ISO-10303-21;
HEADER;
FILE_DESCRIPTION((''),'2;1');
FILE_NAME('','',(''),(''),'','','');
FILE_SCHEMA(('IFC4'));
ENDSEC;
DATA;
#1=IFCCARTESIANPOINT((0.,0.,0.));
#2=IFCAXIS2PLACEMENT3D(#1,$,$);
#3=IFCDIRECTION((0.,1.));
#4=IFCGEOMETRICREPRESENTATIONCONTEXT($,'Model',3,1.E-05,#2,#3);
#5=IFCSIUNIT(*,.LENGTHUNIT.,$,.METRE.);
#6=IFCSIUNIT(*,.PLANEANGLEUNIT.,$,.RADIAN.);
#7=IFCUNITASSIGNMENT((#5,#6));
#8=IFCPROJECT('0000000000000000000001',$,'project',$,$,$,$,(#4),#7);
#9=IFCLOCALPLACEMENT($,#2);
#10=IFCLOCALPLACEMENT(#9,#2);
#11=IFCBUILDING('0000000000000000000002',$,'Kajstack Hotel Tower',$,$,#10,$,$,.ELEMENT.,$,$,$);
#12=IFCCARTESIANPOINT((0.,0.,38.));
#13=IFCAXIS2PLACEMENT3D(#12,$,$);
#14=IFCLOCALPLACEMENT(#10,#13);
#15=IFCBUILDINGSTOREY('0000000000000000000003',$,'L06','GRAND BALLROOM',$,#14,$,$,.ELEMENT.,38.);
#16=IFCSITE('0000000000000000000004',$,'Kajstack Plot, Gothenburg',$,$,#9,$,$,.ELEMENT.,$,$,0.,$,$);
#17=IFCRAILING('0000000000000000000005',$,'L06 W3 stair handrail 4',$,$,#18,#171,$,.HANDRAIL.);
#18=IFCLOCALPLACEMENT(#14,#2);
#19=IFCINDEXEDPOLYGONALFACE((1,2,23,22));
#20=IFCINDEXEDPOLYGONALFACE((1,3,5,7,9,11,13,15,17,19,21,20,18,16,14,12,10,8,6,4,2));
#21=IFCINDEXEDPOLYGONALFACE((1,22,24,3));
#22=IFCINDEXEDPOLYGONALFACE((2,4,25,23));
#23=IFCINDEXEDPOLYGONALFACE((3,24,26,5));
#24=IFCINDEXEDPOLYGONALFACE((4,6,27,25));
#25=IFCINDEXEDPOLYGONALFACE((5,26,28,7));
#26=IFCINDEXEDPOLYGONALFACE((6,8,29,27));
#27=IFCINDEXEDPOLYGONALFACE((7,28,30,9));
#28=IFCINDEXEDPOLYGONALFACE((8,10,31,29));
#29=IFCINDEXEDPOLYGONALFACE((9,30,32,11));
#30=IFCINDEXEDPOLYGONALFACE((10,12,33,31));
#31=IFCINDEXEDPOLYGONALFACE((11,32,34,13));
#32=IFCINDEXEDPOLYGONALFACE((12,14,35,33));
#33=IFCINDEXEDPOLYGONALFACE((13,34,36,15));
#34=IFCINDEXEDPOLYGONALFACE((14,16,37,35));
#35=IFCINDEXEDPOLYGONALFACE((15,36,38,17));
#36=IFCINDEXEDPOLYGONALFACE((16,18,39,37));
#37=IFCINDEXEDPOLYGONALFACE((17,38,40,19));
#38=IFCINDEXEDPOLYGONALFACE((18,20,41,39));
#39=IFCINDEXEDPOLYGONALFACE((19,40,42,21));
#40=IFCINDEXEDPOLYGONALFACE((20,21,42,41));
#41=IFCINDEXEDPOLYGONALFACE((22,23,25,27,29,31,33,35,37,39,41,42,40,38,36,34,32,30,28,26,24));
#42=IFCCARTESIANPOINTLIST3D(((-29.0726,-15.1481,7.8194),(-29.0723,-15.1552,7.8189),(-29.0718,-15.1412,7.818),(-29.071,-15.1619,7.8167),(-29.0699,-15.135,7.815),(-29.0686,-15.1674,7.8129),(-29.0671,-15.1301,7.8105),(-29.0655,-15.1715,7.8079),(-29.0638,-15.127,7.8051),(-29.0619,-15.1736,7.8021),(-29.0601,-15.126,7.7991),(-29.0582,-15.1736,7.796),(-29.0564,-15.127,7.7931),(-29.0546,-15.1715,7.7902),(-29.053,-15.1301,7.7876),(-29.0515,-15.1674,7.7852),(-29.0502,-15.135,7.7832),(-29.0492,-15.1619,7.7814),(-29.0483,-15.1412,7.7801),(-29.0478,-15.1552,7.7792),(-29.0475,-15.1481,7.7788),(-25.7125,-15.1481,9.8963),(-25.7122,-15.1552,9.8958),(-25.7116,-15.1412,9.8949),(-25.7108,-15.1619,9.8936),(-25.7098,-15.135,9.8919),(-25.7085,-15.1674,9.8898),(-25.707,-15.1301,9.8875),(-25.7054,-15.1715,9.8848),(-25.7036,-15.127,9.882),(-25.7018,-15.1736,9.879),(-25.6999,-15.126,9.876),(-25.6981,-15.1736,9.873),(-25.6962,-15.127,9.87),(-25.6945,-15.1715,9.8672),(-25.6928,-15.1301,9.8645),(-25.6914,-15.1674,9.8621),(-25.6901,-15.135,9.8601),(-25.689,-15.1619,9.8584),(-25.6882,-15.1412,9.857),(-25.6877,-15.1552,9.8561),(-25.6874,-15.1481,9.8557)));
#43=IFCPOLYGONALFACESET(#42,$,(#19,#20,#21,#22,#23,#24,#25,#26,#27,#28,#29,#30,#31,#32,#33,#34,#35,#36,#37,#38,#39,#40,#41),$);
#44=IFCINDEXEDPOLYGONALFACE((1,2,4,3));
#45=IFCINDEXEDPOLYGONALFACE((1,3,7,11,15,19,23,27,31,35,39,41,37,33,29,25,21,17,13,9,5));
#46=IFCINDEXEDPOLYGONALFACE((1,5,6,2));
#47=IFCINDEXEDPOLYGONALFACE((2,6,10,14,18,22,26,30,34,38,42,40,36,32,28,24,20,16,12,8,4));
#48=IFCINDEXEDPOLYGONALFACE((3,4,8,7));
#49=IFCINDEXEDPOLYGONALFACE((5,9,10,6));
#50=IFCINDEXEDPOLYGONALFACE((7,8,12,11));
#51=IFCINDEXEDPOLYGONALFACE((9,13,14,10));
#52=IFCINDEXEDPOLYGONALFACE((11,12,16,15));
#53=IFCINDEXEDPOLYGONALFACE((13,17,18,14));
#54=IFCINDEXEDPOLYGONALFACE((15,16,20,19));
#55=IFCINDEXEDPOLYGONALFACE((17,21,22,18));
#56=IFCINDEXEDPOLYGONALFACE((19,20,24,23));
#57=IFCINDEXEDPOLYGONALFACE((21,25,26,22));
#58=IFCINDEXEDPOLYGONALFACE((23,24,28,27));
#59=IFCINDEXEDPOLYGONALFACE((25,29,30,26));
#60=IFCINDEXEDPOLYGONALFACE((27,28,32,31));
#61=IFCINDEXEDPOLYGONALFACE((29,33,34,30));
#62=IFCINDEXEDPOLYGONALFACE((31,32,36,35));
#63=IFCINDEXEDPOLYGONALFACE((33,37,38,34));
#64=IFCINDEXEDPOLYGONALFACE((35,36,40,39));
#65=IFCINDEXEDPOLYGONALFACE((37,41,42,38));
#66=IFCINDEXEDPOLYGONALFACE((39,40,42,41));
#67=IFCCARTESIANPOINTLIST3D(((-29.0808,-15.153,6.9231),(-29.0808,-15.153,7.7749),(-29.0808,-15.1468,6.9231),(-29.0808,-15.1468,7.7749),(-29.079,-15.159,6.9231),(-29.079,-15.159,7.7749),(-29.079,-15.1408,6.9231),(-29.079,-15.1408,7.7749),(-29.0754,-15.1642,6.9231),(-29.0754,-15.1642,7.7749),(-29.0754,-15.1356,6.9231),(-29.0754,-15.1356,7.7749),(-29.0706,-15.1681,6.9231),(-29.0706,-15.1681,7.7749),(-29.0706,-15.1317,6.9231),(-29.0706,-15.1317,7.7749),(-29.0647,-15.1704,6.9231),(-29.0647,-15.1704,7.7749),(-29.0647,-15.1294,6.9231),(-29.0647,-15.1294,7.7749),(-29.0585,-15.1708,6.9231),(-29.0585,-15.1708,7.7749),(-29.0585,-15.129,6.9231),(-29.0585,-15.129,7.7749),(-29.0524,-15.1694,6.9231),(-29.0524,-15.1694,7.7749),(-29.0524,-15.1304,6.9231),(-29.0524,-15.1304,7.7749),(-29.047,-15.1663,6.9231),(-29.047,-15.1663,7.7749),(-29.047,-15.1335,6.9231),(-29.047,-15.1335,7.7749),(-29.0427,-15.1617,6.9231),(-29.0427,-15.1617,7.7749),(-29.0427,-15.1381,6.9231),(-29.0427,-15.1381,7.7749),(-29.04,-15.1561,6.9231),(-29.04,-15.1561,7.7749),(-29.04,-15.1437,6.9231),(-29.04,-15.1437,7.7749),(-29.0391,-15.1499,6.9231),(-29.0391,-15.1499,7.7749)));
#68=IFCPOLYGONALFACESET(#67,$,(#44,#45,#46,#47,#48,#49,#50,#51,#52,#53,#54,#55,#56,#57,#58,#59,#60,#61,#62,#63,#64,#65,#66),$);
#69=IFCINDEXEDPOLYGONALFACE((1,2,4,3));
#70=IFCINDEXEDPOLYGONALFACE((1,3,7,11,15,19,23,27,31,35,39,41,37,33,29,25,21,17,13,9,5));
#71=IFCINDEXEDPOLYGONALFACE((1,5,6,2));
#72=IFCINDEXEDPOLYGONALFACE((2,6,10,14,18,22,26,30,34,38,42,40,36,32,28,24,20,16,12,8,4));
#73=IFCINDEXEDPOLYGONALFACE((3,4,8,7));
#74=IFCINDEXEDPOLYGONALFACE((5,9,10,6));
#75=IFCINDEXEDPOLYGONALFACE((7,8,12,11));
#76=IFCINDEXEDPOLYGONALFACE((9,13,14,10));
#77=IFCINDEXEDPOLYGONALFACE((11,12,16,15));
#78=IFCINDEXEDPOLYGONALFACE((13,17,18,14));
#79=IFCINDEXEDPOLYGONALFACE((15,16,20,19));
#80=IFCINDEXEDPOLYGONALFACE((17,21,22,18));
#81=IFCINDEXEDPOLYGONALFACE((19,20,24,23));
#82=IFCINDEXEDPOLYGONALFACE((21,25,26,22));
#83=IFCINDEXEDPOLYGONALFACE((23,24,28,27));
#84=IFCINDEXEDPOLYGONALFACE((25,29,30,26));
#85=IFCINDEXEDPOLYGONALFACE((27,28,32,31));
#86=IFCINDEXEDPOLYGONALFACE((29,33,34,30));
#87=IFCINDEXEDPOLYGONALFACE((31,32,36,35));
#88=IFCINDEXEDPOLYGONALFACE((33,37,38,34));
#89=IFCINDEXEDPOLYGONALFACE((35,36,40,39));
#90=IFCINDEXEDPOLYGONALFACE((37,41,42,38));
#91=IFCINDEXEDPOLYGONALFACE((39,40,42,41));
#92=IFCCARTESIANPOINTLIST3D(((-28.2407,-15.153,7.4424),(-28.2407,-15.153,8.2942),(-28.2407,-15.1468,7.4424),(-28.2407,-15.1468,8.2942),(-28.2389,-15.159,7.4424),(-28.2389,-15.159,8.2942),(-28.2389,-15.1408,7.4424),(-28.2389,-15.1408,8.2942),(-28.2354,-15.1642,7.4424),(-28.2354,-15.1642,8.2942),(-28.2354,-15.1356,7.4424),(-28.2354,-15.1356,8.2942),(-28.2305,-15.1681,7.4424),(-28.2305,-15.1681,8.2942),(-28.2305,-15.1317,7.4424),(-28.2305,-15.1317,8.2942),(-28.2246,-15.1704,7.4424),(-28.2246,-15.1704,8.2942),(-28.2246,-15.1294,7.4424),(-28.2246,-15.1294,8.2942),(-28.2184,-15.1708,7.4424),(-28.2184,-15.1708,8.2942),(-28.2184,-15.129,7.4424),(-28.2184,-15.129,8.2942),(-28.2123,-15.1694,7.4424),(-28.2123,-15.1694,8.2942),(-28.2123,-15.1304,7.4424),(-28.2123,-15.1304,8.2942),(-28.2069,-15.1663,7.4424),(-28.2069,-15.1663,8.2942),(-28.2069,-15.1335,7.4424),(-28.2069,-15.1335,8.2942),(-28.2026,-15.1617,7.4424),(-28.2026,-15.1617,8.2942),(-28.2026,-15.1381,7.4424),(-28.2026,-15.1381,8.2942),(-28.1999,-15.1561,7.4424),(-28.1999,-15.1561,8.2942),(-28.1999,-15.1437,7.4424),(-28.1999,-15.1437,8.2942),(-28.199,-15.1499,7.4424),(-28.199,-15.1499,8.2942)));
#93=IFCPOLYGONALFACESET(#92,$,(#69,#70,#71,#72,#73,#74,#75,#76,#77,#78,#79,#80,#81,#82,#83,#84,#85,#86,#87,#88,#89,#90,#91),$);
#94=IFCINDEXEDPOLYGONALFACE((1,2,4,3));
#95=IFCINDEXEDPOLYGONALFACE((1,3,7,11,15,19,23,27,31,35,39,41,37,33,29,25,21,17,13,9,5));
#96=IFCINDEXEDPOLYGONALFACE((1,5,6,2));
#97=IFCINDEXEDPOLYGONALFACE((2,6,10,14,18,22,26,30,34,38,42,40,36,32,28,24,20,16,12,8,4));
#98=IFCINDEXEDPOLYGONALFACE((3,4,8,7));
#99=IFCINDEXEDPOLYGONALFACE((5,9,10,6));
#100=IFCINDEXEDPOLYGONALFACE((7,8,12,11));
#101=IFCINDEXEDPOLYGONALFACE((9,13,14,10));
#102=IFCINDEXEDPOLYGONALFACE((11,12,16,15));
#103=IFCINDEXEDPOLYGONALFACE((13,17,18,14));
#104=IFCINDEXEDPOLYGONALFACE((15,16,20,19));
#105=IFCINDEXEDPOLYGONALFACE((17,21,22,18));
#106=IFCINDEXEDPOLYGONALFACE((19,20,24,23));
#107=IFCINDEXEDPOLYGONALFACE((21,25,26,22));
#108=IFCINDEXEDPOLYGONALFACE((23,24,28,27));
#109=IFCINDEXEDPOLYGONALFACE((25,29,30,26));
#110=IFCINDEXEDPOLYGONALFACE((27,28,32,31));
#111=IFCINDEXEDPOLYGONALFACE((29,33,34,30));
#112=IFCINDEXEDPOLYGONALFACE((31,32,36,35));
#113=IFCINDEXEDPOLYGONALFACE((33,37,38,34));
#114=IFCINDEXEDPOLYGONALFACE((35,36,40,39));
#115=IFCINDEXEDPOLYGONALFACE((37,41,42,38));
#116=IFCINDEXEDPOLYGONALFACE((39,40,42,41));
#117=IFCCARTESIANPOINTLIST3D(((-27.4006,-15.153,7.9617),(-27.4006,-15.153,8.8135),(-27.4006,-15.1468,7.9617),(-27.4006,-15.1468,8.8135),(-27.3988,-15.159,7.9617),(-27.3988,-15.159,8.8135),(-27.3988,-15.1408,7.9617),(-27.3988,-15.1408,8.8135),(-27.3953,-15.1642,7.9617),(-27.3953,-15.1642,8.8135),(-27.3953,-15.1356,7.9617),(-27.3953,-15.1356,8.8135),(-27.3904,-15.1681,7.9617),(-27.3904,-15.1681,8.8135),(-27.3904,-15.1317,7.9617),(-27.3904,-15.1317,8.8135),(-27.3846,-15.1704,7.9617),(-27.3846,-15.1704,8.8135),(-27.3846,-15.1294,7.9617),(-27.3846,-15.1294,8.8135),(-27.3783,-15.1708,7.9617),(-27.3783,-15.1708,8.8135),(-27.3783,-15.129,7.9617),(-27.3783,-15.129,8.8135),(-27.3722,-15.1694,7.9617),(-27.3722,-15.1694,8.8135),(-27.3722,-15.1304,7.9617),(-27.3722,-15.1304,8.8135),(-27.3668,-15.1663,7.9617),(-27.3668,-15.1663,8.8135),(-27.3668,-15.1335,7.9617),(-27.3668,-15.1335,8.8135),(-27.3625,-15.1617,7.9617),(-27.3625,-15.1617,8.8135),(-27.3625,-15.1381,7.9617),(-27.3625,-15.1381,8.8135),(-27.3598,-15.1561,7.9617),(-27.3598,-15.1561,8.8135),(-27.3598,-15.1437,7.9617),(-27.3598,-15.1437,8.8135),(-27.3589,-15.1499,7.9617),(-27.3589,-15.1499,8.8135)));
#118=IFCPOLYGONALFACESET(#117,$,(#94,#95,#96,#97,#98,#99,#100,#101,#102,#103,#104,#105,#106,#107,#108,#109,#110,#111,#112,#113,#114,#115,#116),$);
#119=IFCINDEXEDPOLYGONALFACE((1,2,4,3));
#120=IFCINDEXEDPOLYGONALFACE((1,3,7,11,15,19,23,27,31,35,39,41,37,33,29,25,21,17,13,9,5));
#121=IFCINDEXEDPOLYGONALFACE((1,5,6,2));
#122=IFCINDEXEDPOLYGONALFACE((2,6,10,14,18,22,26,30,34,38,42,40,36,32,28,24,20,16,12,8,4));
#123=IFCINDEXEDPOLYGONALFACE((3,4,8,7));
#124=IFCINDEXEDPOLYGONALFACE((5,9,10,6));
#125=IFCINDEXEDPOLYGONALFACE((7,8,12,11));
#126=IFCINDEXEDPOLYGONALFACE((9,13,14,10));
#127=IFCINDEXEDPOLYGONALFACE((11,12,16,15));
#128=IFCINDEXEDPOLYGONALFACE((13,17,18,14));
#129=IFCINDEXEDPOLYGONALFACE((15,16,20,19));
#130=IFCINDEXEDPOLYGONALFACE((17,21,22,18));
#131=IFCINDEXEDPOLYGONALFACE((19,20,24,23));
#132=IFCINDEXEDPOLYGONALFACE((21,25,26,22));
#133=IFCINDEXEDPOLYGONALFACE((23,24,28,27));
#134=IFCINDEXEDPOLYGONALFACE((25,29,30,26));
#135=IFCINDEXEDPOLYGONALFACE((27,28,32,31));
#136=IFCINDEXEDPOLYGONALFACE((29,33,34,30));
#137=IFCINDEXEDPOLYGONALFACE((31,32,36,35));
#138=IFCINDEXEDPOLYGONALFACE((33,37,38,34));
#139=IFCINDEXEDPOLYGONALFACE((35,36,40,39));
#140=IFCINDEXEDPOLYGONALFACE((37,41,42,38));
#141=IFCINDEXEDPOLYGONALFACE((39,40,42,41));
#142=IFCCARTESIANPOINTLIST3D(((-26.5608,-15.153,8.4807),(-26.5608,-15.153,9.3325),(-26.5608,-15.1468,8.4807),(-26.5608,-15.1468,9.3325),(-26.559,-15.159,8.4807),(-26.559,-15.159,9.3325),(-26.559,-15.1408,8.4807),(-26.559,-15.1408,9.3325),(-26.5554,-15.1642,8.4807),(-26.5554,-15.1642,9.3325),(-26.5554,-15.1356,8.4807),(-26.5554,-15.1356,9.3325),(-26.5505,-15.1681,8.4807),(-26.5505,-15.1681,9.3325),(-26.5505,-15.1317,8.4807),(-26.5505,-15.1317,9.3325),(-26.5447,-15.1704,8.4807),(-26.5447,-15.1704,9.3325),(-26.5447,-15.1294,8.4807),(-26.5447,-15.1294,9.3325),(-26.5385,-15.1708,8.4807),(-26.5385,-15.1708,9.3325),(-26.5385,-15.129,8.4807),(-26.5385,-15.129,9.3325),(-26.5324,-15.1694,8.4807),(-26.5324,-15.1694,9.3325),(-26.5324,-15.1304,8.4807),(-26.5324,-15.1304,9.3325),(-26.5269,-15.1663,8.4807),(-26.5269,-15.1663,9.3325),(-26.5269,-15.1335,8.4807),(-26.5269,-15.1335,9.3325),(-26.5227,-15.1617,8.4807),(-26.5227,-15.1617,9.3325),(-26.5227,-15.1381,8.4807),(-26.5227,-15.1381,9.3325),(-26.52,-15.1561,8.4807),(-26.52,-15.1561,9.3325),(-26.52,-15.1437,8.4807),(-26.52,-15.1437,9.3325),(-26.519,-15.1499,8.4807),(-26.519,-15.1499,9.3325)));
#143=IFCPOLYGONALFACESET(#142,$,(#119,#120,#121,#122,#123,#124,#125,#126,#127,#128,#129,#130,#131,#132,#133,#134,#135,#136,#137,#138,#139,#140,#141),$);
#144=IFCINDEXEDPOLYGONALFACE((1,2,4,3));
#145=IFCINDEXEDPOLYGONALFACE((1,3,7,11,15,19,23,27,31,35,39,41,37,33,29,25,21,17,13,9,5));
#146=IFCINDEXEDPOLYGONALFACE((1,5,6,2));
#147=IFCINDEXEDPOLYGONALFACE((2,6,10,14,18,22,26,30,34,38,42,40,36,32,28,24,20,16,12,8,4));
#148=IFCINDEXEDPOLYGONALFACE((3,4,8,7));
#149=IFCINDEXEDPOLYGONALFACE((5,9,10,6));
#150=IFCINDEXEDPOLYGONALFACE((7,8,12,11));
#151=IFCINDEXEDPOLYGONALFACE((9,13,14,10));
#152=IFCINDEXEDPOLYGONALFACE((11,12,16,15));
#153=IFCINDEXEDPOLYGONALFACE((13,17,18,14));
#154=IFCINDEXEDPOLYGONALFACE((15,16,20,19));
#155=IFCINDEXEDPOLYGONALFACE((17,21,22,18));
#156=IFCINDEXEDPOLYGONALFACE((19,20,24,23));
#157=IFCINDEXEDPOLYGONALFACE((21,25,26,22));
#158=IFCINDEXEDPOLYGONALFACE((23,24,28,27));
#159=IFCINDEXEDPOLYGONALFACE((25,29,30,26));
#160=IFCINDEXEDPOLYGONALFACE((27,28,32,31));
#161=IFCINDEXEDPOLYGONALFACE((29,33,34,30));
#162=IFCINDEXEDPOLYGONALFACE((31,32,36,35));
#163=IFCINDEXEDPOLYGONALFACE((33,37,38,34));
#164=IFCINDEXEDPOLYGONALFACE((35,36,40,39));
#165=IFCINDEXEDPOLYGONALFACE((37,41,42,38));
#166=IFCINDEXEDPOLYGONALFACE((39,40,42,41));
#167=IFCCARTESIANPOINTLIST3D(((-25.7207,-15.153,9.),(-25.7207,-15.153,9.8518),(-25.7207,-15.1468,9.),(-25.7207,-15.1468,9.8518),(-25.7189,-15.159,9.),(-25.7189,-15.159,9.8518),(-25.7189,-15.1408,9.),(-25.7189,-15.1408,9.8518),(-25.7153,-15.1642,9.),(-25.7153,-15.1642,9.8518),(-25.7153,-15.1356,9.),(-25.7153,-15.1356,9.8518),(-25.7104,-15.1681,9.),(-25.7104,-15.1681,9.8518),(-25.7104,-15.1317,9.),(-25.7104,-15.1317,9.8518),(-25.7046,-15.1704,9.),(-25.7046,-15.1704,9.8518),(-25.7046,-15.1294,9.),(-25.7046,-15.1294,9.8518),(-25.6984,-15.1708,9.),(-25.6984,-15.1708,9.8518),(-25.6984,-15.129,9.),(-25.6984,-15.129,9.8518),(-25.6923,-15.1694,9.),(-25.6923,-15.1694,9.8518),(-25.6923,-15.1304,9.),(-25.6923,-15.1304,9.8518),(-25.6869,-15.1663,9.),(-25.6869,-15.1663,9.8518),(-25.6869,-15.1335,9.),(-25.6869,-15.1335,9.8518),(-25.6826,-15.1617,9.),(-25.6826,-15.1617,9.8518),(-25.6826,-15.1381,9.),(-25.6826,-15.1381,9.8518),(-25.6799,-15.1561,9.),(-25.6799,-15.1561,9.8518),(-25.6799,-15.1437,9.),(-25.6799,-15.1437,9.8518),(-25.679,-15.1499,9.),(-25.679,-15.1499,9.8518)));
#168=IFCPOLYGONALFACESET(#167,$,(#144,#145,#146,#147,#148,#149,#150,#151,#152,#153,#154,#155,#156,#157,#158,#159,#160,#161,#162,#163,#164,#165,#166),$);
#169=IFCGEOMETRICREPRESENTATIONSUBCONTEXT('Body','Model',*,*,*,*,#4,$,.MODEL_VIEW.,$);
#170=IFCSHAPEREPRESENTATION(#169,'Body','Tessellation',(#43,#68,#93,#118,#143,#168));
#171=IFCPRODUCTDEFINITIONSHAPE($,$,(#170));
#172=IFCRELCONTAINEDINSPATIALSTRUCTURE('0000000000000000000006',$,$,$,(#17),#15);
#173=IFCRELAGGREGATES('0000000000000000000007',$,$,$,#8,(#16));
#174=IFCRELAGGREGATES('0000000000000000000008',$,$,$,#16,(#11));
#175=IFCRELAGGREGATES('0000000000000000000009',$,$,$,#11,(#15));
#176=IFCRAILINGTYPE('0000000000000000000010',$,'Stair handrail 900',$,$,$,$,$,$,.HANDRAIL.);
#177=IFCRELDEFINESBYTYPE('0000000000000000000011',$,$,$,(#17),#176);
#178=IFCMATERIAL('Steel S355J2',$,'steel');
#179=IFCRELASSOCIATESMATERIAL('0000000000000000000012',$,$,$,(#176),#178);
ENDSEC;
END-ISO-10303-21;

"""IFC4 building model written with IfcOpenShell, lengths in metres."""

from ifc_helpers import new_model, si_unit, direction, frame, origin, origin_2d, place, context, subcontext, project, spatial, circle, extrude, material, type_object, element, save


model = new_model("IFC4")

# Units and contexts
model_context = context("Model", 3, precision=1e-05, world=origin(), true_north=direction((0.0, 1.0)))
body_context = subcontext(model_context, "Body", "Model", "MODEL_VIEW")
ifc_project = project(units=[si_unit("LENGTHUNIT", "METRE"), si_unit("PLANEANGLEUNIT", "RADIAN")], contexts=[model_context])

# Site, building, storey
site_placement = place(None, origin())
site = spatial("IfcSite", under=ifc_project, at=site_placement, Name="Kajstack Plot, Gothenburg", CompositionType="ELEMENT", RefElevation=0.0)
building_placement = place(site_placement, origin())
building = spatial("IfcBuilding", under=site, at=building_placement, Name="Kajstack Hotel Tower", CompositionType="ELEMENT")
storey_placement = place(building_placement, frame((0.0, 0.0, 38.0)))
storey = spatial("IfcBuildingStorey", under=building, at=storey_placement, Name="L06", Description="GRAND BALLROOM", CompositionType="ELEMENT", Elevation=38.0)

# Railing
ifc_material_1 = material(Name="Steel S355J2", Category="steel")
railing_type_1 = type_object("IfcRailingType", Name="Stair handrail 900", PredefinedType="HANDRAIL", material=ifc_material_1)
railing_1_placement = place(storey_placement, frame((-29.0601, -15.1499, 6.9231)))
element("IfcRailing", 1, at=railing_1_placement, inside=storey, type_object=railing_type_1, Name="L06 W3 stair handrail 4", PredefinedType="HANDRAIL", context=body_context, shape_type="SweptSolid", body=[
    extrude(circle(Radius=0.0239, at=origin_2d()), frame((0.0, 0.0, 0.876), z_axis=(0.850623, 0.0, 0.525776), x_axis=(0.0, 1.0, 0.0)), (0.0, 0.0, 1.0), 3.9502),
    extrude(circle(Radius=0.021, at=origin_2d()), origin(), (0.0, 0.0, 1.0), 0.8518),
    extrude(circle(Radius=0.021, at=origin_2d()), frame((0.8401, 0.0, 0.5193)), (0.0, 0.0, 1.0), 0.8518),
    extrude(circle(Radius=0.021, at=origin_2d()), frame((1.6802, 0.0, 1.0386)), (0.0, 0.0, 1.0), 0.8518),
    extrude(circle(Radius=0.021, at=origin_2d()), frame((2.52, 0.0, 1.5576)), (0.0, 0.0, 1.0), 0.8518),
    extrude(circle(Radius=0.021, at=origin_2d()), frame((3.3601, 0.0, 2.0769)), (0.0, 0.0, 1.0), 0.8518),
])

save(model, "model.ifc")
